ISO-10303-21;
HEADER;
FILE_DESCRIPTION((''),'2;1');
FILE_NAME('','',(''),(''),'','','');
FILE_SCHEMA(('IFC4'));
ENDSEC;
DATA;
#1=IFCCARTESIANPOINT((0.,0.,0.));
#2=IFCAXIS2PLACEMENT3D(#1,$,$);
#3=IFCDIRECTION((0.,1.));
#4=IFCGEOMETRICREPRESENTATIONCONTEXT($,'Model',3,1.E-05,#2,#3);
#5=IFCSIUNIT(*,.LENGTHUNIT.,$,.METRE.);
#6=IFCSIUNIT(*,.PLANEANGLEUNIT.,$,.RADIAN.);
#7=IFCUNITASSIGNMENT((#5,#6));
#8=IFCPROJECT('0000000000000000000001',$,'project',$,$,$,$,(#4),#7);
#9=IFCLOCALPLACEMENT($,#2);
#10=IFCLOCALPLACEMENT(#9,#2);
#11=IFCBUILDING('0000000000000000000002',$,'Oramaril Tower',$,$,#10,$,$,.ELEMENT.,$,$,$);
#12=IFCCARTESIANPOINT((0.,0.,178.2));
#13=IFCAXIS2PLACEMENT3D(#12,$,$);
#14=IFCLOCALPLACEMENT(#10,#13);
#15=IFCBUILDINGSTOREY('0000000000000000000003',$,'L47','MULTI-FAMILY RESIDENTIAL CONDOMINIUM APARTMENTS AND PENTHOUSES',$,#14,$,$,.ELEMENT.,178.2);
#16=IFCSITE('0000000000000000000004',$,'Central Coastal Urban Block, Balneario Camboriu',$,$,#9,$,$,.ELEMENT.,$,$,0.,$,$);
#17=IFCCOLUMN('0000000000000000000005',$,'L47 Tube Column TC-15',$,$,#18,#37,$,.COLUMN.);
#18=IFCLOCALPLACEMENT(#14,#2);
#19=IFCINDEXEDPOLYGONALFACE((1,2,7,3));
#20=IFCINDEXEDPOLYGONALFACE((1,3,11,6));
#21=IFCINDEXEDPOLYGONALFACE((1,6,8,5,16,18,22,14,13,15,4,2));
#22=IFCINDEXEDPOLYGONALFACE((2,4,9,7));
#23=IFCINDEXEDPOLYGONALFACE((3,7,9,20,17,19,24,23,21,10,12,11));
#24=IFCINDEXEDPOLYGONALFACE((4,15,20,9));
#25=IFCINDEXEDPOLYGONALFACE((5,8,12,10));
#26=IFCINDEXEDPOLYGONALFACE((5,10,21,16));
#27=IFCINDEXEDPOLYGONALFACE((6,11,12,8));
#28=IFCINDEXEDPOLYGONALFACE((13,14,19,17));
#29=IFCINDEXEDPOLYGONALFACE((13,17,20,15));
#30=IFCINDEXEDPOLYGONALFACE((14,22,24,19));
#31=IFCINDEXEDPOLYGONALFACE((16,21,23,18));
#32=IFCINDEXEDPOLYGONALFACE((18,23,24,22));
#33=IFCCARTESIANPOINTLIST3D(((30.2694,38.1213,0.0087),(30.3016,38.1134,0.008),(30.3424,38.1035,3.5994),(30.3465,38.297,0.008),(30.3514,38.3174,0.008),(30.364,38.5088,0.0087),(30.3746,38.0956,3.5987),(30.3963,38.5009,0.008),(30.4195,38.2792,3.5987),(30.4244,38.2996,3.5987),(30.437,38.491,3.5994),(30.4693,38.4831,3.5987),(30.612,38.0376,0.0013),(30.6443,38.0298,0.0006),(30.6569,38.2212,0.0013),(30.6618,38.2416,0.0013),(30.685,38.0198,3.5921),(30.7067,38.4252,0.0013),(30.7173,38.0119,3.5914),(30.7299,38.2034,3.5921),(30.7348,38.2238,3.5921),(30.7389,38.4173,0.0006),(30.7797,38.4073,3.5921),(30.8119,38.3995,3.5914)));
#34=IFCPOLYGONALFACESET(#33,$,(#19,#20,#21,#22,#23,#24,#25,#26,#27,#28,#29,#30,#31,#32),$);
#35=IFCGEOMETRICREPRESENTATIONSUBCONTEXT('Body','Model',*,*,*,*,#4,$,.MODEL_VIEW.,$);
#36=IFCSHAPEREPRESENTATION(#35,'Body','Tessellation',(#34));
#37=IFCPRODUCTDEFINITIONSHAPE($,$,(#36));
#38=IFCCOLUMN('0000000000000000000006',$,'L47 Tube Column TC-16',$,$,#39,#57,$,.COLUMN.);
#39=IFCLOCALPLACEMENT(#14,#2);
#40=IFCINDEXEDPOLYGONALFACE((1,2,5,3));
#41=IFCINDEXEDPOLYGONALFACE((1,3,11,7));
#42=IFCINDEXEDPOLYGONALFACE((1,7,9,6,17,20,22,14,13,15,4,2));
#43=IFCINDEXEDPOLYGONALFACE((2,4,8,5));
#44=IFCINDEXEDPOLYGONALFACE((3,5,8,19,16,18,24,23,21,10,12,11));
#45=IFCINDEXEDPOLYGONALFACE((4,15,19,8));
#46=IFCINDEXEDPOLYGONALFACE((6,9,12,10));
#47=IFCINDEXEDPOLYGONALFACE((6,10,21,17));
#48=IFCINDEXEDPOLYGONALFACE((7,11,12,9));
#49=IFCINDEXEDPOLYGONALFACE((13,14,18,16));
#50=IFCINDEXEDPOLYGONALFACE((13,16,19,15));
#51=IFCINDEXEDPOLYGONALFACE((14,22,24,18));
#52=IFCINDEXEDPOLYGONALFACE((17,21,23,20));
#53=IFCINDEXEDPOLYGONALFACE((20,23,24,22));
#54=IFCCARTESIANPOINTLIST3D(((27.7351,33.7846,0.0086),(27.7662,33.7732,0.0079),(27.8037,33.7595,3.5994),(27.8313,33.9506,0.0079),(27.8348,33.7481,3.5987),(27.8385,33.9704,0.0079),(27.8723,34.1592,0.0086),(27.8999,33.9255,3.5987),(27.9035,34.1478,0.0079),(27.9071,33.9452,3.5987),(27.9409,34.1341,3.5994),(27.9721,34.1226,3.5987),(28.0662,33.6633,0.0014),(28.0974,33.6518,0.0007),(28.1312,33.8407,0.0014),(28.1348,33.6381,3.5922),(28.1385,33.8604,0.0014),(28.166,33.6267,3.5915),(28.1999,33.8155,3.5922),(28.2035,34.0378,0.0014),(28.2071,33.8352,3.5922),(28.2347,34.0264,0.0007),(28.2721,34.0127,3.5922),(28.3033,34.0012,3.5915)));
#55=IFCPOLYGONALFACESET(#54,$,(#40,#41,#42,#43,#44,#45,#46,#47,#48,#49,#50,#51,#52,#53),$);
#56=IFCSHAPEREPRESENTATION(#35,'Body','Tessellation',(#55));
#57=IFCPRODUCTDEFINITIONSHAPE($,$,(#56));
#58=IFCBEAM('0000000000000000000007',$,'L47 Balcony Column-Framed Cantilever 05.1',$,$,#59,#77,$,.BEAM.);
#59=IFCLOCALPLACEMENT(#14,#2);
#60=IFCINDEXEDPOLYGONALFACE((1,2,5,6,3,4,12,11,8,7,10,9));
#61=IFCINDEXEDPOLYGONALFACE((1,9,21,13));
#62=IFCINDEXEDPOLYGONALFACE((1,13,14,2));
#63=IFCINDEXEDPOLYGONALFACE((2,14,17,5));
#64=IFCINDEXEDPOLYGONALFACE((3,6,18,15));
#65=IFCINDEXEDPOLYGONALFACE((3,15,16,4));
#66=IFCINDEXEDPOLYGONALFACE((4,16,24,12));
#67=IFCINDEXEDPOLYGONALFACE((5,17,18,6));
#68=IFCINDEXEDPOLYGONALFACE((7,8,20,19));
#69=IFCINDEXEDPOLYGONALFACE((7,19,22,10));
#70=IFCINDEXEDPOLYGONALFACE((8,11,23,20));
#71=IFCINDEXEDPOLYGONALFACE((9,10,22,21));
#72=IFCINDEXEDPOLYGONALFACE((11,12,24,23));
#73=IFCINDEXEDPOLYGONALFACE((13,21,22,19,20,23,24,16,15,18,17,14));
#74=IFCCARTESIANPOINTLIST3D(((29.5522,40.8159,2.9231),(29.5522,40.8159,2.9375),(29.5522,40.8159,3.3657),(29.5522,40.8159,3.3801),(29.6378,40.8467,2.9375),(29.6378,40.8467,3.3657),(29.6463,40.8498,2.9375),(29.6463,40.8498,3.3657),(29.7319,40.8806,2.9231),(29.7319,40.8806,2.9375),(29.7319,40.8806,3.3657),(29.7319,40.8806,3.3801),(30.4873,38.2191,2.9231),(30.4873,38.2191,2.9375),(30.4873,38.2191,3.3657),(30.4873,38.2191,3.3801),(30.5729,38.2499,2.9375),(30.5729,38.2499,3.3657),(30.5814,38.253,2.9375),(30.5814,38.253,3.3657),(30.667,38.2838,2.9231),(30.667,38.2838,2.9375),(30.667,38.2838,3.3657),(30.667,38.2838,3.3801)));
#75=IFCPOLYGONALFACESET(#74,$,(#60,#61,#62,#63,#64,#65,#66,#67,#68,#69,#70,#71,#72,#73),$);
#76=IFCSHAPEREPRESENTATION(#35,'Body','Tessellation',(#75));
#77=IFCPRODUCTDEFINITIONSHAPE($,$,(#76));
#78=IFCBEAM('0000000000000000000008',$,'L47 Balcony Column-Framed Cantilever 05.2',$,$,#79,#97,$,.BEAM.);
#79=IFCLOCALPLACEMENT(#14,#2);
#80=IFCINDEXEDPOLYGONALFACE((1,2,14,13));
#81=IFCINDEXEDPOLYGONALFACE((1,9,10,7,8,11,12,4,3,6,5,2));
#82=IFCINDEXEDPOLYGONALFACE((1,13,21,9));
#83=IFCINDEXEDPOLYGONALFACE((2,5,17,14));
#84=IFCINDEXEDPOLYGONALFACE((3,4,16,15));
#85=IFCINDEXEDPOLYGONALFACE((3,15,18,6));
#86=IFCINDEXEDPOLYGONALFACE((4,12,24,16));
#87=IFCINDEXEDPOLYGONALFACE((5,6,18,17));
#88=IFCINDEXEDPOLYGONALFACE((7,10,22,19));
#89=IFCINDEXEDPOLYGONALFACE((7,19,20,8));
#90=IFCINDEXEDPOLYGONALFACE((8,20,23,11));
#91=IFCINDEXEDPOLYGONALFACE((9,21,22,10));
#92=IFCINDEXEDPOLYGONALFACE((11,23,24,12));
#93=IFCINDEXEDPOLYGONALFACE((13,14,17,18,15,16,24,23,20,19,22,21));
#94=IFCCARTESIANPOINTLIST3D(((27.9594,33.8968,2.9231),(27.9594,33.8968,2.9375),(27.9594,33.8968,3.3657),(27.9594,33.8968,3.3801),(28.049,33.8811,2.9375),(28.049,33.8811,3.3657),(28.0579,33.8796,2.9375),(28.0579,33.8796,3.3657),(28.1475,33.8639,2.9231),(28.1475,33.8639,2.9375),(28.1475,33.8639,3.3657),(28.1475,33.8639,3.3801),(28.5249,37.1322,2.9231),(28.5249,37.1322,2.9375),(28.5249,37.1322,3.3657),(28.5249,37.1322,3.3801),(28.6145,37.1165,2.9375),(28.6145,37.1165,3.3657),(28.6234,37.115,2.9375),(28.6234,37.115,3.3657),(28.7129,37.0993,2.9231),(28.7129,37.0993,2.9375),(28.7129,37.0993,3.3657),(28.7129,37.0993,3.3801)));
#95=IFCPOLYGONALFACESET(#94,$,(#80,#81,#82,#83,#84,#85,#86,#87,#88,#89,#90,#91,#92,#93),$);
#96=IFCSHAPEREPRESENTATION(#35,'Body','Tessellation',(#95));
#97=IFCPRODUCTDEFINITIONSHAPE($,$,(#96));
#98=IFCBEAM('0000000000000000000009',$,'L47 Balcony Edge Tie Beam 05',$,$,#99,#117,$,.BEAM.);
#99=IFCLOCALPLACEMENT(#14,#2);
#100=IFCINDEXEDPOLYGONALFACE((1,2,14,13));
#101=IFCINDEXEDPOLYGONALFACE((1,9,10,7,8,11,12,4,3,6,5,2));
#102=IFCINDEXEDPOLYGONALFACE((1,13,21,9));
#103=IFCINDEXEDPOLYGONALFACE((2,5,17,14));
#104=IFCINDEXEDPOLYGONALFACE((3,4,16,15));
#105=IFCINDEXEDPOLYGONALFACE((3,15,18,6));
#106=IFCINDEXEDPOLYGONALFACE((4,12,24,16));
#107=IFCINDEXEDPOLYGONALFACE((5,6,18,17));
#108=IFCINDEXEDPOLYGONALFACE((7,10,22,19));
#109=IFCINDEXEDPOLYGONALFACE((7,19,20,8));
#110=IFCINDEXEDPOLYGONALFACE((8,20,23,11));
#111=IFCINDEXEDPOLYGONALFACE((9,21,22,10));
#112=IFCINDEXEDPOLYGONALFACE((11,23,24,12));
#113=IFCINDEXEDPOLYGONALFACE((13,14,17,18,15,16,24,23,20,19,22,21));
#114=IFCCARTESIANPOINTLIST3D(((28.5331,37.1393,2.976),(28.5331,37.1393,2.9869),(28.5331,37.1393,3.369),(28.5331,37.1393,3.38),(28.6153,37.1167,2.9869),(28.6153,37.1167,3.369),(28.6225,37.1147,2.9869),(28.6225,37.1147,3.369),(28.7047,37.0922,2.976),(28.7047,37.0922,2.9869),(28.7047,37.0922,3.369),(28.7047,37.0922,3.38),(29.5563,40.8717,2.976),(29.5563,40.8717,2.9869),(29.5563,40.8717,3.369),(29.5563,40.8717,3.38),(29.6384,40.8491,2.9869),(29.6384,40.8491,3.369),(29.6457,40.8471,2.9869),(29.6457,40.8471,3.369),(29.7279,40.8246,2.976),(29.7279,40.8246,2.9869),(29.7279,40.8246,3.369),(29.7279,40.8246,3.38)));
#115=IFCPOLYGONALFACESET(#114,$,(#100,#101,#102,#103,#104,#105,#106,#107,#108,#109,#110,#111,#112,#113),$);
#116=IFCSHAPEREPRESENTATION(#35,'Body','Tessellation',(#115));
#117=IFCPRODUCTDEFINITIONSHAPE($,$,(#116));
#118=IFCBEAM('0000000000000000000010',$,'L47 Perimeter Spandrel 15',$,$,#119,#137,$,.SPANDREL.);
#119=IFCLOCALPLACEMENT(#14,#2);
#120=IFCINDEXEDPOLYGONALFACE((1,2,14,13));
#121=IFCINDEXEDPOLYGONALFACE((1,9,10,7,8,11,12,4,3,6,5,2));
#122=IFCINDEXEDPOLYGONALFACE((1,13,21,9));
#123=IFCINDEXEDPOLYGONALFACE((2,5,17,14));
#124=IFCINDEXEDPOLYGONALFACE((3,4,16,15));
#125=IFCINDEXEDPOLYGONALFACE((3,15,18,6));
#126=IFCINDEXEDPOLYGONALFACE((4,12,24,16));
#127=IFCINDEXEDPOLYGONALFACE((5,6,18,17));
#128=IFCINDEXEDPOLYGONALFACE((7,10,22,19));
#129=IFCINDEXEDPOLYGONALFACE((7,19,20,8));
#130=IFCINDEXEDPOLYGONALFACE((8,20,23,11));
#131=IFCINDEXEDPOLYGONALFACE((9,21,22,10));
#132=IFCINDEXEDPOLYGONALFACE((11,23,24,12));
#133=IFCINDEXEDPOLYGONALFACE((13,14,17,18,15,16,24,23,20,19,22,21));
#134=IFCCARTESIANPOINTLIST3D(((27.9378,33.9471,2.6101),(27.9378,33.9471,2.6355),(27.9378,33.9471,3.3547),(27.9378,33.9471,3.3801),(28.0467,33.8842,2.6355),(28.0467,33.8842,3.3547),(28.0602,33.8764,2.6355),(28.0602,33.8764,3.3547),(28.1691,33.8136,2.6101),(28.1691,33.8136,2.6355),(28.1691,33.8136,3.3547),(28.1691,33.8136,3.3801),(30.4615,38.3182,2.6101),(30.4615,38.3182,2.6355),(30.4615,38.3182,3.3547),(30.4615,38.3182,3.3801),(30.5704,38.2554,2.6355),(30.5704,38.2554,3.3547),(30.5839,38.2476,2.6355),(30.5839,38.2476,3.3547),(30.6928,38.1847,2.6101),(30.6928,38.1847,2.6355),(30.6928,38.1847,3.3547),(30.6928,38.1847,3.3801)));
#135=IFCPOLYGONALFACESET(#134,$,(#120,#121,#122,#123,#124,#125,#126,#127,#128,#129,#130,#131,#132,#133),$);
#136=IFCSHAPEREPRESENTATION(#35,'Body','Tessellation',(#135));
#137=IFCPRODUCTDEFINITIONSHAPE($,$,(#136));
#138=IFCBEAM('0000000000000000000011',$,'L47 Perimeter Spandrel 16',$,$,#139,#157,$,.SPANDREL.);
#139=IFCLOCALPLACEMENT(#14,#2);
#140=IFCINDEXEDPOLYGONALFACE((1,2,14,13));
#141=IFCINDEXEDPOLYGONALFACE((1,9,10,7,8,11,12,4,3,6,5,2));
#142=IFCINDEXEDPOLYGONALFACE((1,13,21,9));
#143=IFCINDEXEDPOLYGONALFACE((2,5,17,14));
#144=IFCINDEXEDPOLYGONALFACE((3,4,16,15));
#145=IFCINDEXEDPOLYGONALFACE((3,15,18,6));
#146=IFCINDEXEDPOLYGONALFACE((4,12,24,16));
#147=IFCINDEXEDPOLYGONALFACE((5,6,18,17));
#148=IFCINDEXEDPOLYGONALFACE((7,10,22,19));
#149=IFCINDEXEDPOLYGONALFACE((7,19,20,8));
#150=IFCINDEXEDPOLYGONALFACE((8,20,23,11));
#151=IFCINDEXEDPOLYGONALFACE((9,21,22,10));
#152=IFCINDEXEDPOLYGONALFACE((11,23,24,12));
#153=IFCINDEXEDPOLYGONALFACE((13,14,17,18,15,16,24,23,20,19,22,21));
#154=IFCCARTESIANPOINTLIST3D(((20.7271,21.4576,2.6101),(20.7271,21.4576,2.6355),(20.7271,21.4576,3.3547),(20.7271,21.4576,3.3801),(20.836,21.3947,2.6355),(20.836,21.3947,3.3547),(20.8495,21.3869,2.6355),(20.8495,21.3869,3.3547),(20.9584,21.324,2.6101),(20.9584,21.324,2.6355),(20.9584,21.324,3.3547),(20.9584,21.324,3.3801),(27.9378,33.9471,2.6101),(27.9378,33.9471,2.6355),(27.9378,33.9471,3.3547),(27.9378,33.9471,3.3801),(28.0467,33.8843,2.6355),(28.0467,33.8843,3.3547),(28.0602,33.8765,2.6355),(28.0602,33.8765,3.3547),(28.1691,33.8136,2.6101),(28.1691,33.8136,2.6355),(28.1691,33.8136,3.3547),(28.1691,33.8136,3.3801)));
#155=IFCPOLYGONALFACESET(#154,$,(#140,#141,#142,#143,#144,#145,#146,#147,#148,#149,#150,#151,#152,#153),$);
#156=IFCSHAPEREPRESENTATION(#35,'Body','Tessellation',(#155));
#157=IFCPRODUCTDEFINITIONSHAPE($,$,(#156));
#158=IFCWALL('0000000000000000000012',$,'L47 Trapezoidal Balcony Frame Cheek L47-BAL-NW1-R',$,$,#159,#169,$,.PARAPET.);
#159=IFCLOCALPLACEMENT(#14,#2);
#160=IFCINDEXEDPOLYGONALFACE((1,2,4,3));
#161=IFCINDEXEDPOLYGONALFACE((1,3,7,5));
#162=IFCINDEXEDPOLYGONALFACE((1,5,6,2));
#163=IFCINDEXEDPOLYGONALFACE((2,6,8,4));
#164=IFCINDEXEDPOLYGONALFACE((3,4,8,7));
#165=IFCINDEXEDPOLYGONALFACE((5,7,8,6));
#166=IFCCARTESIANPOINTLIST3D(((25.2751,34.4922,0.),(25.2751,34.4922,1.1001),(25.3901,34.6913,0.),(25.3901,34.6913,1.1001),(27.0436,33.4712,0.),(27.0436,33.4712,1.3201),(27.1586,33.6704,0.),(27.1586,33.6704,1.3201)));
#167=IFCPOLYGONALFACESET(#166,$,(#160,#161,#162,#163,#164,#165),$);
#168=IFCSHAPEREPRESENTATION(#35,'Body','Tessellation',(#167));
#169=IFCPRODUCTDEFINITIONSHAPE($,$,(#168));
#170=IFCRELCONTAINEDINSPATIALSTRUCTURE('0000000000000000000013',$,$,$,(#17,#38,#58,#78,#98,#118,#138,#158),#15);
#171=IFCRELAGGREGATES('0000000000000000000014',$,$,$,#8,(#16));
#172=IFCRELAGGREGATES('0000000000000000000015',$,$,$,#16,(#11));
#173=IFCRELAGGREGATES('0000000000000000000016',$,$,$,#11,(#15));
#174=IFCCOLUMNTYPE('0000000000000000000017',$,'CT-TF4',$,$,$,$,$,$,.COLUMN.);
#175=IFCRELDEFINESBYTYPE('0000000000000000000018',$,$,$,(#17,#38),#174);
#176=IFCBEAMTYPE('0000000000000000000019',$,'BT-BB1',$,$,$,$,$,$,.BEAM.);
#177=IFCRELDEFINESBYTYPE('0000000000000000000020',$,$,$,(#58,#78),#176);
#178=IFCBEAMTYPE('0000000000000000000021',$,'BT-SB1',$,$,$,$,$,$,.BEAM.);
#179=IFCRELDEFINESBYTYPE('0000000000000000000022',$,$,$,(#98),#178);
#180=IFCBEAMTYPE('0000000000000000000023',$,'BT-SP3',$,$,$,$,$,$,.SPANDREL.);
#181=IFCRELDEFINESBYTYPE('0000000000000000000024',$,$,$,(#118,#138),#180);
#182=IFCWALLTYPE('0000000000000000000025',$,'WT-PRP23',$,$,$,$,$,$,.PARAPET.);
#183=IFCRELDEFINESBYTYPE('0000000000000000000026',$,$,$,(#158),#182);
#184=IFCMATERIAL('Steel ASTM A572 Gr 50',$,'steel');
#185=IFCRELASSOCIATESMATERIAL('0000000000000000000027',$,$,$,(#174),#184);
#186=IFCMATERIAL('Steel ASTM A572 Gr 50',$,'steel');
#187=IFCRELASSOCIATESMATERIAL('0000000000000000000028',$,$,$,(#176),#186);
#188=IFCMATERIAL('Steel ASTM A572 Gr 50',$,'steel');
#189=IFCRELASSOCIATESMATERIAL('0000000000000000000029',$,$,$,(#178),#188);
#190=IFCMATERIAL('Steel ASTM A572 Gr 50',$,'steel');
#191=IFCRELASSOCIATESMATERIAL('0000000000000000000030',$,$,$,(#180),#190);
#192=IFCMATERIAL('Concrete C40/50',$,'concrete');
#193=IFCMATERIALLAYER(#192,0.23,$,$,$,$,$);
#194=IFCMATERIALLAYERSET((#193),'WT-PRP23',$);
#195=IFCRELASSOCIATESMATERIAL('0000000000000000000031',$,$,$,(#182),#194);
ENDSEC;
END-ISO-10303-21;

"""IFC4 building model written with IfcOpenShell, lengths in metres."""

from ifc_helpers import new_model, si_unit, direction, frame, origin, origin_2d, place, context, subcontext, project, spatial, polyline, i_section, outline, extrude, material, layer, layer_set, material_profile, profile_set, type_object, element, save


model = new_model("IFC4")

# Units and contexts
model_context = context("Model", 3, precision=1e-05, world=origin(), true_north=direction((0.0, 1.0)))
body_context = subcontext(model_context, "Body", "Model", "MODEL_VIEW")
ifc_project = project(units=[si_unit("LENGTHUNIT", "METRE"), si_unit("PLANEANGLEUNIT", "RADIAN")], contexts=[model_context])

# Site, building, storey
site_placement = place(None, origin())
site = spatial("IfcSite", under=ifc_project, at=site_placement, Name="Central Coastal Urban Block, Balneario Camboriu", CompositionType="ELEMENT", RefElevation=0.0)
building_placement = place(site_placement, origin())
building = spatial("IfcBuilding", under=site, at=building_placement, Name="Oramaril Tower", CompositionType="ELEMENT")
storey_placement = place(building_placement, frame((0.0, 0.0, 178.2)))
storey = spatial("IfcBuildingStorey", under=building, at=storey_placement, Name="L47", Description="MULTI-FAMILY RESIDENTIAL CONDOMINIUM APARTMENTS AND PENTHOUSES", CompositionType="ELEMENT", Elevation=178.2)

# Columns
ifc_material_1 = material(Name="Steel ASTM A572 Gr 50", Category="steel")
ifc_material_profile_1 = material_profile(ifc_material_1, i_section(OverallWidth=0.3989, OverallDepth=0.386, WebThickness=0.021, FlangeThickness=0.0332, at=origin_2d()), Name="W14X176")
ifc_profile_set_1 = profile_set([ifc_material_profile_1], Name="Steel ASTM A572 Gr 50")
column_type = type_object("IfcColumnType", Name="CT-TF4", PredefinedType="COLUMN", material=ifc_profile_set_1)
for number, where, z_axis, x_axis, name in (
    (1, (30.5042, 38.2693, 0.0046), (0.020325, -0.004962, 0.999781), (0.237181, 0.971466, 0.0), "L47 Tube Column TC-15"),
    (2, (27.9849, 33.9055, 0.0046), (0.019101, -0.007002, 0.999793), (0.344156, 0.938912, 0.0), "L47 Tube Column TC-16"),
):
    element("IfcColumn", number, at=place(storey_placement, frame(where, z_axis=z_axis, x_axis=x_axis)), inside=storey, type_object=column_type, Name=name, PredefinedType="COLUMN", context=body_context, shape_type="SweptSolid", body=[
        extrude(i_section(OverallWidth=0.3989, OverallDepth=0.386, WebThickness=0.021, FlangeThickness=0.0332, at=origin_2d()), origin(), (0.0, 0.0, 1.0), 3.5916),
    ])

# Beams
ifc_material_2 = material(Name="Steel ASTM A572 Gr 50", Category="steel")
ifc_material_profile_2 = material_profile(ifc_material_2, i_section(OverallWidth=0.1909, OverallDepth=0.457, WebThickness=0.009, FlangeThickness=0.0144, at=origin_2d()), Name="W18X50")
ifc_profile_set_2 = profile_set([ifc_material_profile_2], Name="Steel ASTM A572 Gr 50")
beam_type_1 = type_object("IfcBeamType", Name="BT-BB1", PredefinedType="BEAM", material=ifc_profile_set_2)
beam_1_placement = place(storey_placement, frame((30.5771, 38.2515, 3.1516), z_axis=(-0.338801, 0.940858, 0.0), x_axis=(-0.940858, -0.338801, 0.0)))
element("IfcBeam", 3, at=beam_1_placement, inside=storey, type_object=beam_type_1, Name="L47 Balcony Column-Framed Cantilever 05.1", PredefinedType="BEAM", context=body_context, shape_type="SweptSolid", body=[
    extrude(i_section(OverallWidth=0.1909, OverallDepth=0.457, WebThickness=0.009, FlangeThickness=0.0144, at=origin_2d()), origin(), (0.0, 0.0, 1.0), 2.76),
])
beam_2_placement = place(storey_placement, frame((28.0535, 33.8804, 3.1516), z_axis=(0.172157, 0.98507, 0.0), x_axis=(-0.98507, 0.172157, 0.0)))
element("IfcBeam", 4, at=beam_2_placement, inside=storey, type_object=beam_type_1, Name="L47 Balcony Column-Framed Cantilever 05.2", PredefinedType="BEAM", context=body_context, shape_type="SweptSolid", body=[
    extrude(i_section(OverallWidth=0.1909, OverallDepth=0.457, WebThickness=0.009, FlangeThickness=0.0144, at=origin_2d()), origin(), (0.0, 0.0, 1.0), 3.2844),
])
ifc_material_3 = material(Name="Steel ASTM A572 Gr 50", Category="steel")
ifc_material_profile_3 = material_profile(ifc_material_3, i_section(OverallWidth=0.178, OverallDepth=0.4041, WebThickness=0.0076, FlangeThickness=0.011, at=origin_2d()), Name="W16X36")
ifc_profile_set_3 = profile_set([ifc_material_profile_3], Name="Steel ASTM A572 Gr 50")
beam_type_2 = type_object("IfcBeamType", Name="BT-SB1", PredefinedType="BEAM", material=ifc_profile_set_3)
beam_3_placement = place(storey_placement, frame((29.6421, 40.8481, 3.178), z_axis=(-0.264382, -0.964418, 0.0), x_axis=(0.964418, -0.264382, 0.0)))
element("IfcBeam", 5, at=beam_3_placement, inside=storey, type_object=beam_type_2, Name="L47 Balcony Edge Tie Beam 05", PredefinedType="BEAM", context=body_context, shape_type="SweptSolid", body=[
    extrude(i_section(OverallWidth=0.178, OverallDepth=0.4041, WebThickness=0.0076, FlangeThickness=0.011, at=origin_2d()), origin(), (0.0, 0.0, 1.0), 3.8701),
])
ifc_material_4 = material(Name="Steel ASTM A572 Gr 50", Category="steel")
ifc_material_profile_4 = material_profile(ifc_material_4, i_section(OverallWidth=0.2671, OverallDepth=0.77, WebThickness=0.0156, FlangeThickness=0.0254, at=origin_2d()), Name="W30X132")
ifc_profile_set_4 = profile_set([ifc_material_profile_4], Name="Steel ASTM A572 Gr 50")
beam_type_3 = type_object("IfcBeamType", Name="BT-SP3", PredefinedType="SPANDREL", material=ifc_profile_set_4)
beam_4_placement = place(storey_placement, frame((30.5771, 38.2515, 2.9951), z_axis=(-0.500004, -0.866023, 0.0), x_axis=(0.866023, -0.500004, 0.0)))
element("IfcBeam", 6, at=beam_4_placement, inside=storey, type_object=beam_type_3, Name="L47 Perimeter Spandrel 15", PredefinedType="SPANDREL", context=body_context, shape_type="SweptSolid", body=[
    extrude(i_section(OverallWidth=0.2671, OverallDepth=0.77, WebThickness=0.0156, FlangeThickness=0.0254, at=origin_2d()), origin(), (0.0, 0.0, 1.0), 5.0474),
])
beam_5_placement = place(storey_placement, frame((28.0535, 33.8804, 2.9951), z_axis=(-0.499994, -0.866029, 0.0), x_axis=(0.866029, -0.499994, 0.0)))
element("IfcBeam", 7, at=beam_5_placement, inside=storey, type_object=beam_type_3, Name="L47 Perimeter Spandrel 16", PredefinedType="SPANDREL", context=body_context, shape_type="SweptSolid", body=[
    extrude(i_section(OverallWidth=0.2671, OverallDepth=0.77, WebThickness=0.0156, FlangeThickness=0.0254, at=origin_2d()), origin(), (0.0, 0.0, 1.0), 14.4216),
])

# Wall
ifc_material_5 = material(Name="Concrete C40/50", Category="concrete")
ifc_layer_1 = layer(ifc_material_5, 0.23)
ifc_layer_set_1 = layer_set([ifc_layer_1], Name="WT-PRP23")
wall_type_1 = type_object("IfcWallType", Name="WT-PRP23", PredefinedType="PARAPET", material=ifc_layer_set_1)
wall_1_placement = place(storey_placement, frame((27.1011, 33.5708, 0.0), z_axis=(0.0, 0.0, 1.0), x_axis=(-0.866042, 0.499971, 0.0)))
element("IfcWall", 8, at=wall_1_placement, inside=storey, type_object=wall_type_1, Name="L47 Trapezoidal Balcony Frame Cheek L47-BAL-NW1-R", PredefinedType="PARAPET", context=body_context, shape_type="SweptSolid", body=[
    extrude(outline(polyline([(0.0, 0.0), (2.042, 0.0), (2.042, 1.1001), (0.0, 1.3201), (0.0, 0.0)])), frame((0.0, 0.115, 0.0), z_axis=(0.0, -1.0, 0.0), x_axis=(1.0, 0.0, 0.0)), (0.0, 0.0, 1.0), 0.23),
])

save(model, "model.ifc")
